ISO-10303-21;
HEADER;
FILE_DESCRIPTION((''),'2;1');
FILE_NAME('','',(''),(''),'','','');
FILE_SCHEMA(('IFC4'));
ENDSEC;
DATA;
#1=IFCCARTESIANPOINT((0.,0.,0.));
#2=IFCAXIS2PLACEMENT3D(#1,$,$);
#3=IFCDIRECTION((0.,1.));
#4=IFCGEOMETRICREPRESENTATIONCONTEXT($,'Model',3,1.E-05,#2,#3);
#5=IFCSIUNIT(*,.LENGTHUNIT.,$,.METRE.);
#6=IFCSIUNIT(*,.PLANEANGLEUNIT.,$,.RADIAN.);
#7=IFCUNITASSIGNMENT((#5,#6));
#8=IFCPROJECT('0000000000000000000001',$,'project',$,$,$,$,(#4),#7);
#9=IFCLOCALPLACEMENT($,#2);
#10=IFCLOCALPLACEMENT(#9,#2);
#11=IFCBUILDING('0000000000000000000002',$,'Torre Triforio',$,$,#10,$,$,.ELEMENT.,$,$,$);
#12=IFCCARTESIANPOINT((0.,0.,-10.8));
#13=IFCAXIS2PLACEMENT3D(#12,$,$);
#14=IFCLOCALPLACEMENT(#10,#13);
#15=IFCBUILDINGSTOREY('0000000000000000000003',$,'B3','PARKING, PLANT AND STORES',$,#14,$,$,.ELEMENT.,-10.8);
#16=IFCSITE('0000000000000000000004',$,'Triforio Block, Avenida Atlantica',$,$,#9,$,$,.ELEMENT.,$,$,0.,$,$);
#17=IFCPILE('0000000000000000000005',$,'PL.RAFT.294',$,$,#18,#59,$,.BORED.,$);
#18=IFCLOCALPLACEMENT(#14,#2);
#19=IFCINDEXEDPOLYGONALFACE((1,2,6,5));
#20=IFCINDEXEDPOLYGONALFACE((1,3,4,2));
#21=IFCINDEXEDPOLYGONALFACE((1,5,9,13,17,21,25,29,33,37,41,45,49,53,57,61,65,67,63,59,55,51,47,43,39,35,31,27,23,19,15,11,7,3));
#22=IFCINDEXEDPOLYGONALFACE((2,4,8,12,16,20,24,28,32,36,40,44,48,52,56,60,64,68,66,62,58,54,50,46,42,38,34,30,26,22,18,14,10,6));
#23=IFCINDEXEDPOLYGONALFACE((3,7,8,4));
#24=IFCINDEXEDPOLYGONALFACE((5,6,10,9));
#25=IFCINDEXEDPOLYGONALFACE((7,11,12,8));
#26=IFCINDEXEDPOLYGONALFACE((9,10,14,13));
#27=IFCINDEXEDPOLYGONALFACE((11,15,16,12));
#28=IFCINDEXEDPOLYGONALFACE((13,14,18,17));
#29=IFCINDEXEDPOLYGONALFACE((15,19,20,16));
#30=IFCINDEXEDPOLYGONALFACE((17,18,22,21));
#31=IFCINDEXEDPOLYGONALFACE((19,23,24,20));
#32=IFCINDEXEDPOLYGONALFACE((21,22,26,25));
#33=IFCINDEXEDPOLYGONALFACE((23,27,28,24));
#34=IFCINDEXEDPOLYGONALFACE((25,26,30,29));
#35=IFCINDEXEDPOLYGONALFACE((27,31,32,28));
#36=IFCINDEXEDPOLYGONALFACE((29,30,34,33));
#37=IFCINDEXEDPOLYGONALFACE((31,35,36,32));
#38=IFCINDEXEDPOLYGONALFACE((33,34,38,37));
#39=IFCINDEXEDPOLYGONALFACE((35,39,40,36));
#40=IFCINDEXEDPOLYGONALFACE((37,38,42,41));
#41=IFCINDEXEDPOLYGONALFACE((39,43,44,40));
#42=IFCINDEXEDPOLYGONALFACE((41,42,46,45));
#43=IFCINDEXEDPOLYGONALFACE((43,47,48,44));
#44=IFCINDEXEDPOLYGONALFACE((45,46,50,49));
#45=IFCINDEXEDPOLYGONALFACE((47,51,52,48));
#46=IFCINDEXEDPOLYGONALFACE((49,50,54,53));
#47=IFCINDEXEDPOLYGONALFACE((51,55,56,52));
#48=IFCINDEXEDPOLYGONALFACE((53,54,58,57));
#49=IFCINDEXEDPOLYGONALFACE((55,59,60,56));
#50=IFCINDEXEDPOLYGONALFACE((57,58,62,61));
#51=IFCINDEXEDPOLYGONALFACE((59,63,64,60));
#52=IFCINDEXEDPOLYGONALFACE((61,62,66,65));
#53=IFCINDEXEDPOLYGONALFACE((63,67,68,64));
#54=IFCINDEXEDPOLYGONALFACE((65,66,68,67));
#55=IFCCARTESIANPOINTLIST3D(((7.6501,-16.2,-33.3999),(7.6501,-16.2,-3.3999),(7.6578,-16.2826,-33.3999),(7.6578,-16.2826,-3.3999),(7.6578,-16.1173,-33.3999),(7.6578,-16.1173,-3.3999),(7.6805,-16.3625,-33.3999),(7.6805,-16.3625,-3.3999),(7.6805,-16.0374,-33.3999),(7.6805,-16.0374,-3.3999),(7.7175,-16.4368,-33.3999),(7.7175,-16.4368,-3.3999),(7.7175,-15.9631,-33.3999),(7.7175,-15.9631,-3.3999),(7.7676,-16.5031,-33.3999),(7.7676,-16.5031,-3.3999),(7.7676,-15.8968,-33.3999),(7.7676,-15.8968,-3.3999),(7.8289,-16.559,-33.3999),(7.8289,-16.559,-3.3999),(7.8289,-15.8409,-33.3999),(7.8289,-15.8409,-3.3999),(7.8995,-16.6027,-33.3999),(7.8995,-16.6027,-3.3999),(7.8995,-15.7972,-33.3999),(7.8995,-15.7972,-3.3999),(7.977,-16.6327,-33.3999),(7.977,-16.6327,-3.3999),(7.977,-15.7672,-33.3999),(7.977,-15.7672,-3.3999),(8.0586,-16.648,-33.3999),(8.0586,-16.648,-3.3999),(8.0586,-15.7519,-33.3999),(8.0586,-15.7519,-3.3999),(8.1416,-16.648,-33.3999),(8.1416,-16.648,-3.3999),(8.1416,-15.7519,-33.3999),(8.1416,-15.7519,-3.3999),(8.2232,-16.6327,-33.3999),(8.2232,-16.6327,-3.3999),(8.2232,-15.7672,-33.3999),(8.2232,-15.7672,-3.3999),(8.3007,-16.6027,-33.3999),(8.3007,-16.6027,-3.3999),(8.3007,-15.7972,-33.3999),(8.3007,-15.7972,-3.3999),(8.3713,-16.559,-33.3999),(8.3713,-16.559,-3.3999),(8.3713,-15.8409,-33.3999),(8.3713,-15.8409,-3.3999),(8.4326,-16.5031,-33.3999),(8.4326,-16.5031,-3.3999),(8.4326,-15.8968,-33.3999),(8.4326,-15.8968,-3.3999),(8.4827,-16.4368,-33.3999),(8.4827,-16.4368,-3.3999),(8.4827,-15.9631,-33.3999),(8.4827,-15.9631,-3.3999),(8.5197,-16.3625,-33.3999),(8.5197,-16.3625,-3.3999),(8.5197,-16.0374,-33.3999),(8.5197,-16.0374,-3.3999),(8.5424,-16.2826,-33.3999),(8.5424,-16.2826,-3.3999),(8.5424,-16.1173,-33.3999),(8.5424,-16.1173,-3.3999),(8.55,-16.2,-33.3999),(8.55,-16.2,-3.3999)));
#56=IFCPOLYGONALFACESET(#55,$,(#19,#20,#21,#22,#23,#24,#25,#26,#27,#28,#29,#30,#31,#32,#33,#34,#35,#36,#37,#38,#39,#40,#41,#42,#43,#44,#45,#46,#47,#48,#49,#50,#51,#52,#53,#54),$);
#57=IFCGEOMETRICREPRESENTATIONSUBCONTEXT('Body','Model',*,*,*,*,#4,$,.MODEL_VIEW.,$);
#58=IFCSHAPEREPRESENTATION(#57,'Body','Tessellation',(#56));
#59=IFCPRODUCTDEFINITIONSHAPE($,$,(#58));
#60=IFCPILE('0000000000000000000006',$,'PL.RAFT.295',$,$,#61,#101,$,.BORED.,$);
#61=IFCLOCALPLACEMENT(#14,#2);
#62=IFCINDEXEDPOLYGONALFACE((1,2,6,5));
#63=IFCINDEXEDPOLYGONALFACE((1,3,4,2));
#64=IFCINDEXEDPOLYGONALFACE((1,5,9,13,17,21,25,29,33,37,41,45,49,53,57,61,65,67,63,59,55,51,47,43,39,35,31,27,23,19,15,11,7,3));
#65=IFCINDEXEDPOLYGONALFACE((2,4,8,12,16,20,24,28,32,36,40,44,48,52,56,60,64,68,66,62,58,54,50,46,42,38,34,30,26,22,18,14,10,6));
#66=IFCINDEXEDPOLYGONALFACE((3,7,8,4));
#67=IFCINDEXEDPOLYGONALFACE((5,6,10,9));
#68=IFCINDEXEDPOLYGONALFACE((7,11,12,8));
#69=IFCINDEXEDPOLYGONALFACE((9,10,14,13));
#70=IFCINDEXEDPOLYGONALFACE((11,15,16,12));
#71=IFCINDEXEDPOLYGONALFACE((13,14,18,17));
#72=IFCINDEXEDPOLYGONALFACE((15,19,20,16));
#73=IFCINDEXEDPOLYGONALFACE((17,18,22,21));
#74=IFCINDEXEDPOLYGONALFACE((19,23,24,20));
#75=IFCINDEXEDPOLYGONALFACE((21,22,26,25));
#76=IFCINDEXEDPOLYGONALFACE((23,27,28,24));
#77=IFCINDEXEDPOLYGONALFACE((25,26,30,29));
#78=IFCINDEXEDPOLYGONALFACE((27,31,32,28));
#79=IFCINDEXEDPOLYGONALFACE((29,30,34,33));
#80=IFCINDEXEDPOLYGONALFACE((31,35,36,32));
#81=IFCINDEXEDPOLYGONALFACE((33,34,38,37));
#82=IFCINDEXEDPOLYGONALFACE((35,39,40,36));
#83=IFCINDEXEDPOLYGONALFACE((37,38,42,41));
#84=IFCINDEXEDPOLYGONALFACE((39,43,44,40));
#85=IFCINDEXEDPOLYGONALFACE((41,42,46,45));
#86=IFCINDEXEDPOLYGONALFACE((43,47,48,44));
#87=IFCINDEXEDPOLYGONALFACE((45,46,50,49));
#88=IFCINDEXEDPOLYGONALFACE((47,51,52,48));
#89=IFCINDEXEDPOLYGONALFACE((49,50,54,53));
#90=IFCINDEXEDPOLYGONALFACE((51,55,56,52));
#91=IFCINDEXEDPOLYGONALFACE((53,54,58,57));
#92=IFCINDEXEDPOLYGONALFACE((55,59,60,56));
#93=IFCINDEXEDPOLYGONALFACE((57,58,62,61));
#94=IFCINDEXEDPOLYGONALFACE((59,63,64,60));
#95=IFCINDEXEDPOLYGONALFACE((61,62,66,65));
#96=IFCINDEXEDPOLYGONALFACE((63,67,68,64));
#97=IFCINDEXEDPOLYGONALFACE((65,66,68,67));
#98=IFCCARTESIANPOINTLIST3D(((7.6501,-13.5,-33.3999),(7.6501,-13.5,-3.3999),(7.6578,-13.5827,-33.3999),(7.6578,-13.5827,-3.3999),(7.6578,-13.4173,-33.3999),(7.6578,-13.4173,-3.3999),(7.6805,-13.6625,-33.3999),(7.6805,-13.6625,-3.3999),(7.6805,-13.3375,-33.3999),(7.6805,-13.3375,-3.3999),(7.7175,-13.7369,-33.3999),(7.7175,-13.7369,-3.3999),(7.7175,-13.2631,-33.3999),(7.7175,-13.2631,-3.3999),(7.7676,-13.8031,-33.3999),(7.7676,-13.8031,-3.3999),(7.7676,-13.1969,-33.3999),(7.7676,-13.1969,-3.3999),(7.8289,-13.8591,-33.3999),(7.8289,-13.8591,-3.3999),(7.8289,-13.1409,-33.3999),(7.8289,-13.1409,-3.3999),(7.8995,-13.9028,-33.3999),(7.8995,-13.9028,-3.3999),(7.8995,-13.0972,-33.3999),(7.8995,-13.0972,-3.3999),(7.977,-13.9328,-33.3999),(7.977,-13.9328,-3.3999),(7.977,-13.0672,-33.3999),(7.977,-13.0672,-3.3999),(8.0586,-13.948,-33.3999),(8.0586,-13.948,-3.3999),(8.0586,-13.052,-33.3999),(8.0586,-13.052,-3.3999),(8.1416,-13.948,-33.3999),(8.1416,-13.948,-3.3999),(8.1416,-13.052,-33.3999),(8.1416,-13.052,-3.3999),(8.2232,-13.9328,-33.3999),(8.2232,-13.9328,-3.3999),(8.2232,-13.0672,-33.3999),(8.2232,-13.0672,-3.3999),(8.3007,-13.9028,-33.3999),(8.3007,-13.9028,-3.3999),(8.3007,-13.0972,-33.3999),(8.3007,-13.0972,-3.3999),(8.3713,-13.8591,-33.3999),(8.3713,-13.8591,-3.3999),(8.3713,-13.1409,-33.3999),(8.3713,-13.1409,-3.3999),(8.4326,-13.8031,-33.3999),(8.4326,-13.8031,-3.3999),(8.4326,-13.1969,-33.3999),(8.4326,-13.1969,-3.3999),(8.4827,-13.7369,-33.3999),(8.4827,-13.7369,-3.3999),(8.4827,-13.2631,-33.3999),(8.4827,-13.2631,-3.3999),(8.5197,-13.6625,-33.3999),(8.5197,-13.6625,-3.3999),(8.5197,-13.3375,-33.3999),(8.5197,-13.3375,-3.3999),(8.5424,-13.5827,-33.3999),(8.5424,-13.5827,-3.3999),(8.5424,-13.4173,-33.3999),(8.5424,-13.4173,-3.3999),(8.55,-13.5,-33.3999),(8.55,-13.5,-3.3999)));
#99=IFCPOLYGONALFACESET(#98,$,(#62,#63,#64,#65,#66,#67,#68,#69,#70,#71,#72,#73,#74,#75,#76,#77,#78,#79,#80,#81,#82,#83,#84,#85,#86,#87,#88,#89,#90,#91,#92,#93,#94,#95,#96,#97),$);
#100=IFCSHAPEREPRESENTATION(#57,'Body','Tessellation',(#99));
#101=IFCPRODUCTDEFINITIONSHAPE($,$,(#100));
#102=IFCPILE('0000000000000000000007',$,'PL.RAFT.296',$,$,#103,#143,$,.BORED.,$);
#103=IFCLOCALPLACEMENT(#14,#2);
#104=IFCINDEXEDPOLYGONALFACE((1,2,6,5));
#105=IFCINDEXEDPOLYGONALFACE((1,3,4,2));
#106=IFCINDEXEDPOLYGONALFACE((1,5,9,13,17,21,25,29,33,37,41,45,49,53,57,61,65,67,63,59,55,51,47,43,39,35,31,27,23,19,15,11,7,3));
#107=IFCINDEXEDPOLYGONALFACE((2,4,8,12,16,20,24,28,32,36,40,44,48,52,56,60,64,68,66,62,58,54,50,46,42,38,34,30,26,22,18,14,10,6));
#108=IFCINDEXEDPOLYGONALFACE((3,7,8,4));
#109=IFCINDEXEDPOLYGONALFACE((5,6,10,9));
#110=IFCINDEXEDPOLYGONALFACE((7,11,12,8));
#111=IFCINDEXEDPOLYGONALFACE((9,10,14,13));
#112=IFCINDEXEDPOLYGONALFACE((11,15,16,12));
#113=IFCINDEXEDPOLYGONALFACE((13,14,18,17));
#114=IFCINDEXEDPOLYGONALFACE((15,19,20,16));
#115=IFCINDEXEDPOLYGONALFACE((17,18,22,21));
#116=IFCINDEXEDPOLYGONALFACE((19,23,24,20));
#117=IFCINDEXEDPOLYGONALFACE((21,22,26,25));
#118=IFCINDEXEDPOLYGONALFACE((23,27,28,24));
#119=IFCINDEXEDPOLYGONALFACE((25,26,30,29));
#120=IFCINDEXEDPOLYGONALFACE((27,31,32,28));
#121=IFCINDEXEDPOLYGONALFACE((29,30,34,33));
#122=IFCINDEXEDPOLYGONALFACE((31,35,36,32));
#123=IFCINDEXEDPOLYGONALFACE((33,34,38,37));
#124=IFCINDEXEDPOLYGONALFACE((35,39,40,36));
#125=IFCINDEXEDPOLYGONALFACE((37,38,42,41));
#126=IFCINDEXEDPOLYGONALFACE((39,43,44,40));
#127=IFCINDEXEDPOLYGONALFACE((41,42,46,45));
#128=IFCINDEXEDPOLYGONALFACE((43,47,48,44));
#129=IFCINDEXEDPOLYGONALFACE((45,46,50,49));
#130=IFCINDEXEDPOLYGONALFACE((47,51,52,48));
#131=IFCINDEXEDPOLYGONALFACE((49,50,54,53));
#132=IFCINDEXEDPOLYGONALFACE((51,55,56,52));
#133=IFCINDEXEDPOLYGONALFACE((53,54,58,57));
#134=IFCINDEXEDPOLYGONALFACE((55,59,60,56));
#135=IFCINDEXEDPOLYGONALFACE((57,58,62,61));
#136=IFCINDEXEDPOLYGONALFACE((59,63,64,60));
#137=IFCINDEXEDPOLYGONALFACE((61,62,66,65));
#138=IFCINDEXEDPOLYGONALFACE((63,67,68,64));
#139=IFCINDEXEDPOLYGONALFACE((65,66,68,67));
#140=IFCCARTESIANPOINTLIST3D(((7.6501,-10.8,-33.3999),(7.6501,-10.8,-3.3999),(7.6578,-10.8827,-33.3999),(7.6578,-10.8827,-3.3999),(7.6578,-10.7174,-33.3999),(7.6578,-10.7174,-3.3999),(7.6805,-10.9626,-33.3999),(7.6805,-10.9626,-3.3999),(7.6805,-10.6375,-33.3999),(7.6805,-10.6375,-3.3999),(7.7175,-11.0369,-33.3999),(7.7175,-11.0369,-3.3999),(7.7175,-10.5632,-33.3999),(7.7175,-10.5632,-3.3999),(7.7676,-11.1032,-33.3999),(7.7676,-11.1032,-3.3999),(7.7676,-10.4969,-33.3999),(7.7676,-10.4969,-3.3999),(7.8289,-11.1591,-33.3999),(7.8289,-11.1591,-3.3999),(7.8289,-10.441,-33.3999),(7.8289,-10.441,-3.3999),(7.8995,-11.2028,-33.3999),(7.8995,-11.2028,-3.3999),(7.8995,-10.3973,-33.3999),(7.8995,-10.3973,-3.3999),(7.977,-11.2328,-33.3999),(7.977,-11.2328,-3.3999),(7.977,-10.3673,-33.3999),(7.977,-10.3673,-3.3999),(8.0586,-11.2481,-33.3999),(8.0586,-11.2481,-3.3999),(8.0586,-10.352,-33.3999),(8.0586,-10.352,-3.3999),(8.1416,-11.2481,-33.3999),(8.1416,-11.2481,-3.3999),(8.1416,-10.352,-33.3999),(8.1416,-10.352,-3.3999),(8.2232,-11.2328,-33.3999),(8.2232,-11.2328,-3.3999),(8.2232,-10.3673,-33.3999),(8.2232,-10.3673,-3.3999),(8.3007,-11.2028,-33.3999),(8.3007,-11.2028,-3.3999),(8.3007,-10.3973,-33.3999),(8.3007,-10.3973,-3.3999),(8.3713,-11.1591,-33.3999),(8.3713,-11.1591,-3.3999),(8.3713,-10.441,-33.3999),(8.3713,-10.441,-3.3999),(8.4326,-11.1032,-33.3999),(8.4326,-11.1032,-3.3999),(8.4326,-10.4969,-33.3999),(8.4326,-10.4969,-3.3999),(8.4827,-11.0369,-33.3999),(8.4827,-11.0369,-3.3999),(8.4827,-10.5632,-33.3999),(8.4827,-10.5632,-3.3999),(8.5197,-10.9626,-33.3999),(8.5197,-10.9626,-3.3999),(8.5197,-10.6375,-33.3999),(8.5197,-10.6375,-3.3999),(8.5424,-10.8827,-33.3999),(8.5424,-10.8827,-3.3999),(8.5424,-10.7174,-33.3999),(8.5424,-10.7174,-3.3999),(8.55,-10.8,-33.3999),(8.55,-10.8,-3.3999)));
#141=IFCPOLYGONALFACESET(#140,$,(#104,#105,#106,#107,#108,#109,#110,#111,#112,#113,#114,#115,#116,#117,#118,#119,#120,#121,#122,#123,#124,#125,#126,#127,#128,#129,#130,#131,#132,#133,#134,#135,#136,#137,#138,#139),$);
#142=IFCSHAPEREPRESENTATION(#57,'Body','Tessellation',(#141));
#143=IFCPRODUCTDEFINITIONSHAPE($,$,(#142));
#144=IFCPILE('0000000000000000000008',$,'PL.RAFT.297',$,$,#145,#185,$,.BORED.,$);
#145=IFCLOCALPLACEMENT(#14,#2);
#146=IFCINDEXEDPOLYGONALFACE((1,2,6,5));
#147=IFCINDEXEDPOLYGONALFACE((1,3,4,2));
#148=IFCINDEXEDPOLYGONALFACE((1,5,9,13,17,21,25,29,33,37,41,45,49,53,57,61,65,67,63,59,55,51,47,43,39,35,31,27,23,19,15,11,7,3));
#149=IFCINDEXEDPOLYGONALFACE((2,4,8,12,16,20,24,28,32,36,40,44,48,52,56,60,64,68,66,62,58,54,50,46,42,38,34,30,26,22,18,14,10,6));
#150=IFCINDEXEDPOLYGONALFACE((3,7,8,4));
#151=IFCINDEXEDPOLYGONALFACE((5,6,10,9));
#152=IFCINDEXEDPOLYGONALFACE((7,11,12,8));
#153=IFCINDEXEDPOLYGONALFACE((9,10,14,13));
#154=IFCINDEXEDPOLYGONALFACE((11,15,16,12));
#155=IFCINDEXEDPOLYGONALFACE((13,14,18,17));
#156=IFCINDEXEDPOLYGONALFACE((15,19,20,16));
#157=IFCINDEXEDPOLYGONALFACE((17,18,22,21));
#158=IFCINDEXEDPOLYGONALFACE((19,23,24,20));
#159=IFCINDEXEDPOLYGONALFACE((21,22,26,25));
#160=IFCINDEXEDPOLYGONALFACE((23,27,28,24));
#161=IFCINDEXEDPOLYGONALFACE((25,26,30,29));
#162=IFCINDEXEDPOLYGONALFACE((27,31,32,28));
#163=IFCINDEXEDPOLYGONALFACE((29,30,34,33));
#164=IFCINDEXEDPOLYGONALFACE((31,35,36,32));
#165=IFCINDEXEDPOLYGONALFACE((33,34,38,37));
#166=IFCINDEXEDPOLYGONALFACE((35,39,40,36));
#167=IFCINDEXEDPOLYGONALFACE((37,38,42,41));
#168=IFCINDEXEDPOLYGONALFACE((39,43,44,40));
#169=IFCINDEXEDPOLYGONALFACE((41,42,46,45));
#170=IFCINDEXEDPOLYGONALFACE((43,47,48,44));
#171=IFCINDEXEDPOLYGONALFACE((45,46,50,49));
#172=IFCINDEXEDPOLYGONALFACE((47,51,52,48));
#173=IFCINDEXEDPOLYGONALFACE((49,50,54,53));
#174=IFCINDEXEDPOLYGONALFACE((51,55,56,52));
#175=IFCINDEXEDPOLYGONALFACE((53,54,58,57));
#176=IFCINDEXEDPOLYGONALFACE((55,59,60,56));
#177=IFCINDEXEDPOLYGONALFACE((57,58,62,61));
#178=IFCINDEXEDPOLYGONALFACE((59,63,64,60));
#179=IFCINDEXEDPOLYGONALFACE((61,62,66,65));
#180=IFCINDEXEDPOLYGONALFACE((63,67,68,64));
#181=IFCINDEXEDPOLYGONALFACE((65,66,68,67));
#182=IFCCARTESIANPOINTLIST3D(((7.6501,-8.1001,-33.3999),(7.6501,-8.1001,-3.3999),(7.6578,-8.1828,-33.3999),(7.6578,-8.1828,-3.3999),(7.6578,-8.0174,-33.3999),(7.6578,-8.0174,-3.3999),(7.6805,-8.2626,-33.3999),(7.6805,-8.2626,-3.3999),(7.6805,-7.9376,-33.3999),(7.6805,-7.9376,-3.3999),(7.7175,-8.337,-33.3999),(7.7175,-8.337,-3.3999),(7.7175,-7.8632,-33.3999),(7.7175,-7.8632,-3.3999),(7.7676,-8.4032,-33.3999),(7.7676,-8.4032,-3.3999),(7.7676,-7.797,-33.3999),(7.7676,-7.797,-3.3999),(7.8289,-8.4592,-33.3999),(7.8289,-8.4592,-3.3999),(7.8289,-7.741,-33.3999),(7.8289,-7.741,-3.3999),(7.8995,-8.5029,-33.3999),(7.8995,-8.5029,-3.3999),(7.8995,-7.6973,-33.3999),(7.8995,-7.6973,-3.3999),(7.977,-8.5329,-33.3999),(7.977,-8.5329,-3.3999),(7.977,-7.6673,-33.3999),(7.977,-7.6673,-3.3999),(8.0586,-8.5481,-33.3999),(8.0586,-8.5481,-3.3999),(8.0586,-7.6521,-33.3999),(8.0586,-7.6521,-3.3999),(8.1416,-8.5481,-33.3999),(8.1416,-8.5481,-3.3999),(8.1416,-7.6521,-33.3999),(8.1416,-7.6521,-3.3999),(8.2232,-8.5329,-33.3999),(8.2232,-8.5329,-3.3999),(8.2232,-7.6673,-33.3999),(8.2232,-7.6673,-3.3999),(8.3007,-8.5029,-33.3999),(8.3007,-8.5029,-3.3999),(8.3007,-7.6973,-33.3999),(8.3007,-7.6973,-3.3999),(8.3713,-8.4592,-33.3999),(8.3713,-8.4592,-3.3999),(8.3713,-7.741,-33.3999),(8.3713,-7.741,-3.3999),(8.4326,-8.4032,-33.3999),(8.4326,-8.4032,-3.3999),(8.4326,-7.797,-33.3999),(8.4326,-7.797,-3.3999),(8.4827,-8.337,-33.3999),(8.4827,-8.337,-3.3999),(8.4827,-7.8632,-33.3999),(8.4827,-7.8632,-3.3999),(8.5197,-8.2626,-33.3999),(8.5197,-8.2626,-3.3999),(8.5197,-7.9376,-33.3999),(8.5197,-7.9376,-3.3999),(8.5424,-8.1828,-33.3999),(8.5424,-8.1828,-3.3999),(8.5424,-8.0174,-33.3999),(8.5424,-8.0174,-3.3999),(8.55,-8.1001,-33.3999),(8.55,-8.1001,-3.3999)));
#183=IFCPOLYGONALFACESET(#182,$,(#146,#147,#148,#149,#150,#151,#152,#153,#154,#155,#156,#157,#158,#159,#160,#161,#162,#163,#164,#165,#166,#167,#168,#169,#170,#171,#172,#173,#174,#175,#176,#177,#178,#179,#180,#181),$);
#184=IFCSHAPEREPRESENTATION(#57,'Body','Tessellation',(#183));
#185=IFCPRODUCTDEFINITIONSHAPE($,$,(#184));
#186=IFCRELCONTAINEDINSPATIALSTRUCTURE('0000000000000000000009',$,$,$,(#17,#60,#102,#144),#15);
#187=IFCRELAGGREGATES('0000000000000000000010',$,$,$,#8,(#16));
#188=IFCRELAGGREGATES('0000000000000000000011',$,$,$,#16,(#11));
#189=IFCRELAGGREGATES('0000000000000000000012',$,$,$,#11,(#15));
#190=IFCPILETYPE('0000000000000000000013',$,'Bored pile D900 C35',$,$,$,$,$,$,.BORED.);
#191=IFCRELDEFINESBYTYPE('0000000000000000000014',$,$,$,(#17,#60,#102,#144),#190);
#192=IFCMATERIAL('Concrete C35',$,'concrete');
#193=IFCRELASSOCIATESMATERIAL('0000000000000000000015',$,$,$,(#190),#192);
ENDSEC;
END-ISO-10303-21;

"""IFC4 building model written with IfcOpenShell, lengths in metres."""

from ifc_helpers import new_model, si_unit, direction, frame, origin, origin_2d, place, context, subcontext, project, spatial, circle, extrude, material, material_profile, profile_set, type_object, element, save


model = new_model("IFC4")

# Units and contexts
model_context = context("Model", 3, precision=1e-05, world=origin(), true_north=direction((0.0, 1.0)))
body_context = subcontext(model_context, "Body", "Model", "MODEL_VIEW")
ifc_project = project(units=[si_unit("LENGTHUNIT", "METRE"), si_unit("PLANEANGLEUNIT", "RADIAN")], contexts=[model_context])

# Site, building, storey
site_placement = place(None, origin())
site = spatial("IfcSite", under=ifc_project, at=site_placement, Name="Triforio Block, Avenida Atlantica", CompositionType="ELEMENT", RefElevation=0.0)
building_placement = place(site_placement, origin())
building = spatial("IfcBuilding", under=site, at=building_placement, Name="Torre Triforio", CompositionType="ELEMENT")
storey_placement = place(building_placement, frame((0.0, 0.0, -10.8)))
storey = spatial("IfcBuildingStorey", under=building, at=storey_placement, Name="B3", Description="PARKING, PLANT AND STORES", CompositionType="ELEMENT", Elevation=-10.8)

# Piles
ifc_material_1 = material(Name="Concrete C35", Category="concrete")
ifc_material_profile = material_profile(ifc_material_1, circle(Radius=0.45, at=origin_2d()), Name="RC D900")
ifc_profile_set = profile_set([ifc_material_profile], Name="Concrete C35")
pile_type = type_object("IfcPileType", Name="Bored pile D900 C35", PredefinedType="BORED", material=ifc_profile_set)
for number, where, z_axis, x_axis, name in (
    (1, (8.1001, -16.2, -3.3999), (0.0, 0.0, -1.0), (1.0, 0.0, 0.0), "PL.RAFT.294"),
    (2, (8.1001, -13.5, -3.3999), (0.0, 0.0, -1.0), (1.0, 0.0, 0.0), "PL.RAFT.295"),
    (3, (8.1001, -10.8, -3.3999), (0.0, 0.0, -1.0), (1.0, 0.0, 0.0), "PL.RAFT.296"),
    (4, (8.1001, -8.1001, -3.3999), (0.0, 0.0, -1.0), (1.0, 0.0, 0.0), "PL.RAFT.297"),
):
    element("IfcPile", number, at=place(storey_placement, frame(where, z_axis=z_axis, x_axis=x_axis)), inside=storey, type_object=pile_type, Name=name, PredefinedType="BORED", context=body_context, shape_type="SweptSolid", body=[
        extrude(circle(Radius=0.45, at=origin_2d()), origin(), (0.0, 0.0, 1.0), 30.0),
    ])

save(model, "model.ifc")
